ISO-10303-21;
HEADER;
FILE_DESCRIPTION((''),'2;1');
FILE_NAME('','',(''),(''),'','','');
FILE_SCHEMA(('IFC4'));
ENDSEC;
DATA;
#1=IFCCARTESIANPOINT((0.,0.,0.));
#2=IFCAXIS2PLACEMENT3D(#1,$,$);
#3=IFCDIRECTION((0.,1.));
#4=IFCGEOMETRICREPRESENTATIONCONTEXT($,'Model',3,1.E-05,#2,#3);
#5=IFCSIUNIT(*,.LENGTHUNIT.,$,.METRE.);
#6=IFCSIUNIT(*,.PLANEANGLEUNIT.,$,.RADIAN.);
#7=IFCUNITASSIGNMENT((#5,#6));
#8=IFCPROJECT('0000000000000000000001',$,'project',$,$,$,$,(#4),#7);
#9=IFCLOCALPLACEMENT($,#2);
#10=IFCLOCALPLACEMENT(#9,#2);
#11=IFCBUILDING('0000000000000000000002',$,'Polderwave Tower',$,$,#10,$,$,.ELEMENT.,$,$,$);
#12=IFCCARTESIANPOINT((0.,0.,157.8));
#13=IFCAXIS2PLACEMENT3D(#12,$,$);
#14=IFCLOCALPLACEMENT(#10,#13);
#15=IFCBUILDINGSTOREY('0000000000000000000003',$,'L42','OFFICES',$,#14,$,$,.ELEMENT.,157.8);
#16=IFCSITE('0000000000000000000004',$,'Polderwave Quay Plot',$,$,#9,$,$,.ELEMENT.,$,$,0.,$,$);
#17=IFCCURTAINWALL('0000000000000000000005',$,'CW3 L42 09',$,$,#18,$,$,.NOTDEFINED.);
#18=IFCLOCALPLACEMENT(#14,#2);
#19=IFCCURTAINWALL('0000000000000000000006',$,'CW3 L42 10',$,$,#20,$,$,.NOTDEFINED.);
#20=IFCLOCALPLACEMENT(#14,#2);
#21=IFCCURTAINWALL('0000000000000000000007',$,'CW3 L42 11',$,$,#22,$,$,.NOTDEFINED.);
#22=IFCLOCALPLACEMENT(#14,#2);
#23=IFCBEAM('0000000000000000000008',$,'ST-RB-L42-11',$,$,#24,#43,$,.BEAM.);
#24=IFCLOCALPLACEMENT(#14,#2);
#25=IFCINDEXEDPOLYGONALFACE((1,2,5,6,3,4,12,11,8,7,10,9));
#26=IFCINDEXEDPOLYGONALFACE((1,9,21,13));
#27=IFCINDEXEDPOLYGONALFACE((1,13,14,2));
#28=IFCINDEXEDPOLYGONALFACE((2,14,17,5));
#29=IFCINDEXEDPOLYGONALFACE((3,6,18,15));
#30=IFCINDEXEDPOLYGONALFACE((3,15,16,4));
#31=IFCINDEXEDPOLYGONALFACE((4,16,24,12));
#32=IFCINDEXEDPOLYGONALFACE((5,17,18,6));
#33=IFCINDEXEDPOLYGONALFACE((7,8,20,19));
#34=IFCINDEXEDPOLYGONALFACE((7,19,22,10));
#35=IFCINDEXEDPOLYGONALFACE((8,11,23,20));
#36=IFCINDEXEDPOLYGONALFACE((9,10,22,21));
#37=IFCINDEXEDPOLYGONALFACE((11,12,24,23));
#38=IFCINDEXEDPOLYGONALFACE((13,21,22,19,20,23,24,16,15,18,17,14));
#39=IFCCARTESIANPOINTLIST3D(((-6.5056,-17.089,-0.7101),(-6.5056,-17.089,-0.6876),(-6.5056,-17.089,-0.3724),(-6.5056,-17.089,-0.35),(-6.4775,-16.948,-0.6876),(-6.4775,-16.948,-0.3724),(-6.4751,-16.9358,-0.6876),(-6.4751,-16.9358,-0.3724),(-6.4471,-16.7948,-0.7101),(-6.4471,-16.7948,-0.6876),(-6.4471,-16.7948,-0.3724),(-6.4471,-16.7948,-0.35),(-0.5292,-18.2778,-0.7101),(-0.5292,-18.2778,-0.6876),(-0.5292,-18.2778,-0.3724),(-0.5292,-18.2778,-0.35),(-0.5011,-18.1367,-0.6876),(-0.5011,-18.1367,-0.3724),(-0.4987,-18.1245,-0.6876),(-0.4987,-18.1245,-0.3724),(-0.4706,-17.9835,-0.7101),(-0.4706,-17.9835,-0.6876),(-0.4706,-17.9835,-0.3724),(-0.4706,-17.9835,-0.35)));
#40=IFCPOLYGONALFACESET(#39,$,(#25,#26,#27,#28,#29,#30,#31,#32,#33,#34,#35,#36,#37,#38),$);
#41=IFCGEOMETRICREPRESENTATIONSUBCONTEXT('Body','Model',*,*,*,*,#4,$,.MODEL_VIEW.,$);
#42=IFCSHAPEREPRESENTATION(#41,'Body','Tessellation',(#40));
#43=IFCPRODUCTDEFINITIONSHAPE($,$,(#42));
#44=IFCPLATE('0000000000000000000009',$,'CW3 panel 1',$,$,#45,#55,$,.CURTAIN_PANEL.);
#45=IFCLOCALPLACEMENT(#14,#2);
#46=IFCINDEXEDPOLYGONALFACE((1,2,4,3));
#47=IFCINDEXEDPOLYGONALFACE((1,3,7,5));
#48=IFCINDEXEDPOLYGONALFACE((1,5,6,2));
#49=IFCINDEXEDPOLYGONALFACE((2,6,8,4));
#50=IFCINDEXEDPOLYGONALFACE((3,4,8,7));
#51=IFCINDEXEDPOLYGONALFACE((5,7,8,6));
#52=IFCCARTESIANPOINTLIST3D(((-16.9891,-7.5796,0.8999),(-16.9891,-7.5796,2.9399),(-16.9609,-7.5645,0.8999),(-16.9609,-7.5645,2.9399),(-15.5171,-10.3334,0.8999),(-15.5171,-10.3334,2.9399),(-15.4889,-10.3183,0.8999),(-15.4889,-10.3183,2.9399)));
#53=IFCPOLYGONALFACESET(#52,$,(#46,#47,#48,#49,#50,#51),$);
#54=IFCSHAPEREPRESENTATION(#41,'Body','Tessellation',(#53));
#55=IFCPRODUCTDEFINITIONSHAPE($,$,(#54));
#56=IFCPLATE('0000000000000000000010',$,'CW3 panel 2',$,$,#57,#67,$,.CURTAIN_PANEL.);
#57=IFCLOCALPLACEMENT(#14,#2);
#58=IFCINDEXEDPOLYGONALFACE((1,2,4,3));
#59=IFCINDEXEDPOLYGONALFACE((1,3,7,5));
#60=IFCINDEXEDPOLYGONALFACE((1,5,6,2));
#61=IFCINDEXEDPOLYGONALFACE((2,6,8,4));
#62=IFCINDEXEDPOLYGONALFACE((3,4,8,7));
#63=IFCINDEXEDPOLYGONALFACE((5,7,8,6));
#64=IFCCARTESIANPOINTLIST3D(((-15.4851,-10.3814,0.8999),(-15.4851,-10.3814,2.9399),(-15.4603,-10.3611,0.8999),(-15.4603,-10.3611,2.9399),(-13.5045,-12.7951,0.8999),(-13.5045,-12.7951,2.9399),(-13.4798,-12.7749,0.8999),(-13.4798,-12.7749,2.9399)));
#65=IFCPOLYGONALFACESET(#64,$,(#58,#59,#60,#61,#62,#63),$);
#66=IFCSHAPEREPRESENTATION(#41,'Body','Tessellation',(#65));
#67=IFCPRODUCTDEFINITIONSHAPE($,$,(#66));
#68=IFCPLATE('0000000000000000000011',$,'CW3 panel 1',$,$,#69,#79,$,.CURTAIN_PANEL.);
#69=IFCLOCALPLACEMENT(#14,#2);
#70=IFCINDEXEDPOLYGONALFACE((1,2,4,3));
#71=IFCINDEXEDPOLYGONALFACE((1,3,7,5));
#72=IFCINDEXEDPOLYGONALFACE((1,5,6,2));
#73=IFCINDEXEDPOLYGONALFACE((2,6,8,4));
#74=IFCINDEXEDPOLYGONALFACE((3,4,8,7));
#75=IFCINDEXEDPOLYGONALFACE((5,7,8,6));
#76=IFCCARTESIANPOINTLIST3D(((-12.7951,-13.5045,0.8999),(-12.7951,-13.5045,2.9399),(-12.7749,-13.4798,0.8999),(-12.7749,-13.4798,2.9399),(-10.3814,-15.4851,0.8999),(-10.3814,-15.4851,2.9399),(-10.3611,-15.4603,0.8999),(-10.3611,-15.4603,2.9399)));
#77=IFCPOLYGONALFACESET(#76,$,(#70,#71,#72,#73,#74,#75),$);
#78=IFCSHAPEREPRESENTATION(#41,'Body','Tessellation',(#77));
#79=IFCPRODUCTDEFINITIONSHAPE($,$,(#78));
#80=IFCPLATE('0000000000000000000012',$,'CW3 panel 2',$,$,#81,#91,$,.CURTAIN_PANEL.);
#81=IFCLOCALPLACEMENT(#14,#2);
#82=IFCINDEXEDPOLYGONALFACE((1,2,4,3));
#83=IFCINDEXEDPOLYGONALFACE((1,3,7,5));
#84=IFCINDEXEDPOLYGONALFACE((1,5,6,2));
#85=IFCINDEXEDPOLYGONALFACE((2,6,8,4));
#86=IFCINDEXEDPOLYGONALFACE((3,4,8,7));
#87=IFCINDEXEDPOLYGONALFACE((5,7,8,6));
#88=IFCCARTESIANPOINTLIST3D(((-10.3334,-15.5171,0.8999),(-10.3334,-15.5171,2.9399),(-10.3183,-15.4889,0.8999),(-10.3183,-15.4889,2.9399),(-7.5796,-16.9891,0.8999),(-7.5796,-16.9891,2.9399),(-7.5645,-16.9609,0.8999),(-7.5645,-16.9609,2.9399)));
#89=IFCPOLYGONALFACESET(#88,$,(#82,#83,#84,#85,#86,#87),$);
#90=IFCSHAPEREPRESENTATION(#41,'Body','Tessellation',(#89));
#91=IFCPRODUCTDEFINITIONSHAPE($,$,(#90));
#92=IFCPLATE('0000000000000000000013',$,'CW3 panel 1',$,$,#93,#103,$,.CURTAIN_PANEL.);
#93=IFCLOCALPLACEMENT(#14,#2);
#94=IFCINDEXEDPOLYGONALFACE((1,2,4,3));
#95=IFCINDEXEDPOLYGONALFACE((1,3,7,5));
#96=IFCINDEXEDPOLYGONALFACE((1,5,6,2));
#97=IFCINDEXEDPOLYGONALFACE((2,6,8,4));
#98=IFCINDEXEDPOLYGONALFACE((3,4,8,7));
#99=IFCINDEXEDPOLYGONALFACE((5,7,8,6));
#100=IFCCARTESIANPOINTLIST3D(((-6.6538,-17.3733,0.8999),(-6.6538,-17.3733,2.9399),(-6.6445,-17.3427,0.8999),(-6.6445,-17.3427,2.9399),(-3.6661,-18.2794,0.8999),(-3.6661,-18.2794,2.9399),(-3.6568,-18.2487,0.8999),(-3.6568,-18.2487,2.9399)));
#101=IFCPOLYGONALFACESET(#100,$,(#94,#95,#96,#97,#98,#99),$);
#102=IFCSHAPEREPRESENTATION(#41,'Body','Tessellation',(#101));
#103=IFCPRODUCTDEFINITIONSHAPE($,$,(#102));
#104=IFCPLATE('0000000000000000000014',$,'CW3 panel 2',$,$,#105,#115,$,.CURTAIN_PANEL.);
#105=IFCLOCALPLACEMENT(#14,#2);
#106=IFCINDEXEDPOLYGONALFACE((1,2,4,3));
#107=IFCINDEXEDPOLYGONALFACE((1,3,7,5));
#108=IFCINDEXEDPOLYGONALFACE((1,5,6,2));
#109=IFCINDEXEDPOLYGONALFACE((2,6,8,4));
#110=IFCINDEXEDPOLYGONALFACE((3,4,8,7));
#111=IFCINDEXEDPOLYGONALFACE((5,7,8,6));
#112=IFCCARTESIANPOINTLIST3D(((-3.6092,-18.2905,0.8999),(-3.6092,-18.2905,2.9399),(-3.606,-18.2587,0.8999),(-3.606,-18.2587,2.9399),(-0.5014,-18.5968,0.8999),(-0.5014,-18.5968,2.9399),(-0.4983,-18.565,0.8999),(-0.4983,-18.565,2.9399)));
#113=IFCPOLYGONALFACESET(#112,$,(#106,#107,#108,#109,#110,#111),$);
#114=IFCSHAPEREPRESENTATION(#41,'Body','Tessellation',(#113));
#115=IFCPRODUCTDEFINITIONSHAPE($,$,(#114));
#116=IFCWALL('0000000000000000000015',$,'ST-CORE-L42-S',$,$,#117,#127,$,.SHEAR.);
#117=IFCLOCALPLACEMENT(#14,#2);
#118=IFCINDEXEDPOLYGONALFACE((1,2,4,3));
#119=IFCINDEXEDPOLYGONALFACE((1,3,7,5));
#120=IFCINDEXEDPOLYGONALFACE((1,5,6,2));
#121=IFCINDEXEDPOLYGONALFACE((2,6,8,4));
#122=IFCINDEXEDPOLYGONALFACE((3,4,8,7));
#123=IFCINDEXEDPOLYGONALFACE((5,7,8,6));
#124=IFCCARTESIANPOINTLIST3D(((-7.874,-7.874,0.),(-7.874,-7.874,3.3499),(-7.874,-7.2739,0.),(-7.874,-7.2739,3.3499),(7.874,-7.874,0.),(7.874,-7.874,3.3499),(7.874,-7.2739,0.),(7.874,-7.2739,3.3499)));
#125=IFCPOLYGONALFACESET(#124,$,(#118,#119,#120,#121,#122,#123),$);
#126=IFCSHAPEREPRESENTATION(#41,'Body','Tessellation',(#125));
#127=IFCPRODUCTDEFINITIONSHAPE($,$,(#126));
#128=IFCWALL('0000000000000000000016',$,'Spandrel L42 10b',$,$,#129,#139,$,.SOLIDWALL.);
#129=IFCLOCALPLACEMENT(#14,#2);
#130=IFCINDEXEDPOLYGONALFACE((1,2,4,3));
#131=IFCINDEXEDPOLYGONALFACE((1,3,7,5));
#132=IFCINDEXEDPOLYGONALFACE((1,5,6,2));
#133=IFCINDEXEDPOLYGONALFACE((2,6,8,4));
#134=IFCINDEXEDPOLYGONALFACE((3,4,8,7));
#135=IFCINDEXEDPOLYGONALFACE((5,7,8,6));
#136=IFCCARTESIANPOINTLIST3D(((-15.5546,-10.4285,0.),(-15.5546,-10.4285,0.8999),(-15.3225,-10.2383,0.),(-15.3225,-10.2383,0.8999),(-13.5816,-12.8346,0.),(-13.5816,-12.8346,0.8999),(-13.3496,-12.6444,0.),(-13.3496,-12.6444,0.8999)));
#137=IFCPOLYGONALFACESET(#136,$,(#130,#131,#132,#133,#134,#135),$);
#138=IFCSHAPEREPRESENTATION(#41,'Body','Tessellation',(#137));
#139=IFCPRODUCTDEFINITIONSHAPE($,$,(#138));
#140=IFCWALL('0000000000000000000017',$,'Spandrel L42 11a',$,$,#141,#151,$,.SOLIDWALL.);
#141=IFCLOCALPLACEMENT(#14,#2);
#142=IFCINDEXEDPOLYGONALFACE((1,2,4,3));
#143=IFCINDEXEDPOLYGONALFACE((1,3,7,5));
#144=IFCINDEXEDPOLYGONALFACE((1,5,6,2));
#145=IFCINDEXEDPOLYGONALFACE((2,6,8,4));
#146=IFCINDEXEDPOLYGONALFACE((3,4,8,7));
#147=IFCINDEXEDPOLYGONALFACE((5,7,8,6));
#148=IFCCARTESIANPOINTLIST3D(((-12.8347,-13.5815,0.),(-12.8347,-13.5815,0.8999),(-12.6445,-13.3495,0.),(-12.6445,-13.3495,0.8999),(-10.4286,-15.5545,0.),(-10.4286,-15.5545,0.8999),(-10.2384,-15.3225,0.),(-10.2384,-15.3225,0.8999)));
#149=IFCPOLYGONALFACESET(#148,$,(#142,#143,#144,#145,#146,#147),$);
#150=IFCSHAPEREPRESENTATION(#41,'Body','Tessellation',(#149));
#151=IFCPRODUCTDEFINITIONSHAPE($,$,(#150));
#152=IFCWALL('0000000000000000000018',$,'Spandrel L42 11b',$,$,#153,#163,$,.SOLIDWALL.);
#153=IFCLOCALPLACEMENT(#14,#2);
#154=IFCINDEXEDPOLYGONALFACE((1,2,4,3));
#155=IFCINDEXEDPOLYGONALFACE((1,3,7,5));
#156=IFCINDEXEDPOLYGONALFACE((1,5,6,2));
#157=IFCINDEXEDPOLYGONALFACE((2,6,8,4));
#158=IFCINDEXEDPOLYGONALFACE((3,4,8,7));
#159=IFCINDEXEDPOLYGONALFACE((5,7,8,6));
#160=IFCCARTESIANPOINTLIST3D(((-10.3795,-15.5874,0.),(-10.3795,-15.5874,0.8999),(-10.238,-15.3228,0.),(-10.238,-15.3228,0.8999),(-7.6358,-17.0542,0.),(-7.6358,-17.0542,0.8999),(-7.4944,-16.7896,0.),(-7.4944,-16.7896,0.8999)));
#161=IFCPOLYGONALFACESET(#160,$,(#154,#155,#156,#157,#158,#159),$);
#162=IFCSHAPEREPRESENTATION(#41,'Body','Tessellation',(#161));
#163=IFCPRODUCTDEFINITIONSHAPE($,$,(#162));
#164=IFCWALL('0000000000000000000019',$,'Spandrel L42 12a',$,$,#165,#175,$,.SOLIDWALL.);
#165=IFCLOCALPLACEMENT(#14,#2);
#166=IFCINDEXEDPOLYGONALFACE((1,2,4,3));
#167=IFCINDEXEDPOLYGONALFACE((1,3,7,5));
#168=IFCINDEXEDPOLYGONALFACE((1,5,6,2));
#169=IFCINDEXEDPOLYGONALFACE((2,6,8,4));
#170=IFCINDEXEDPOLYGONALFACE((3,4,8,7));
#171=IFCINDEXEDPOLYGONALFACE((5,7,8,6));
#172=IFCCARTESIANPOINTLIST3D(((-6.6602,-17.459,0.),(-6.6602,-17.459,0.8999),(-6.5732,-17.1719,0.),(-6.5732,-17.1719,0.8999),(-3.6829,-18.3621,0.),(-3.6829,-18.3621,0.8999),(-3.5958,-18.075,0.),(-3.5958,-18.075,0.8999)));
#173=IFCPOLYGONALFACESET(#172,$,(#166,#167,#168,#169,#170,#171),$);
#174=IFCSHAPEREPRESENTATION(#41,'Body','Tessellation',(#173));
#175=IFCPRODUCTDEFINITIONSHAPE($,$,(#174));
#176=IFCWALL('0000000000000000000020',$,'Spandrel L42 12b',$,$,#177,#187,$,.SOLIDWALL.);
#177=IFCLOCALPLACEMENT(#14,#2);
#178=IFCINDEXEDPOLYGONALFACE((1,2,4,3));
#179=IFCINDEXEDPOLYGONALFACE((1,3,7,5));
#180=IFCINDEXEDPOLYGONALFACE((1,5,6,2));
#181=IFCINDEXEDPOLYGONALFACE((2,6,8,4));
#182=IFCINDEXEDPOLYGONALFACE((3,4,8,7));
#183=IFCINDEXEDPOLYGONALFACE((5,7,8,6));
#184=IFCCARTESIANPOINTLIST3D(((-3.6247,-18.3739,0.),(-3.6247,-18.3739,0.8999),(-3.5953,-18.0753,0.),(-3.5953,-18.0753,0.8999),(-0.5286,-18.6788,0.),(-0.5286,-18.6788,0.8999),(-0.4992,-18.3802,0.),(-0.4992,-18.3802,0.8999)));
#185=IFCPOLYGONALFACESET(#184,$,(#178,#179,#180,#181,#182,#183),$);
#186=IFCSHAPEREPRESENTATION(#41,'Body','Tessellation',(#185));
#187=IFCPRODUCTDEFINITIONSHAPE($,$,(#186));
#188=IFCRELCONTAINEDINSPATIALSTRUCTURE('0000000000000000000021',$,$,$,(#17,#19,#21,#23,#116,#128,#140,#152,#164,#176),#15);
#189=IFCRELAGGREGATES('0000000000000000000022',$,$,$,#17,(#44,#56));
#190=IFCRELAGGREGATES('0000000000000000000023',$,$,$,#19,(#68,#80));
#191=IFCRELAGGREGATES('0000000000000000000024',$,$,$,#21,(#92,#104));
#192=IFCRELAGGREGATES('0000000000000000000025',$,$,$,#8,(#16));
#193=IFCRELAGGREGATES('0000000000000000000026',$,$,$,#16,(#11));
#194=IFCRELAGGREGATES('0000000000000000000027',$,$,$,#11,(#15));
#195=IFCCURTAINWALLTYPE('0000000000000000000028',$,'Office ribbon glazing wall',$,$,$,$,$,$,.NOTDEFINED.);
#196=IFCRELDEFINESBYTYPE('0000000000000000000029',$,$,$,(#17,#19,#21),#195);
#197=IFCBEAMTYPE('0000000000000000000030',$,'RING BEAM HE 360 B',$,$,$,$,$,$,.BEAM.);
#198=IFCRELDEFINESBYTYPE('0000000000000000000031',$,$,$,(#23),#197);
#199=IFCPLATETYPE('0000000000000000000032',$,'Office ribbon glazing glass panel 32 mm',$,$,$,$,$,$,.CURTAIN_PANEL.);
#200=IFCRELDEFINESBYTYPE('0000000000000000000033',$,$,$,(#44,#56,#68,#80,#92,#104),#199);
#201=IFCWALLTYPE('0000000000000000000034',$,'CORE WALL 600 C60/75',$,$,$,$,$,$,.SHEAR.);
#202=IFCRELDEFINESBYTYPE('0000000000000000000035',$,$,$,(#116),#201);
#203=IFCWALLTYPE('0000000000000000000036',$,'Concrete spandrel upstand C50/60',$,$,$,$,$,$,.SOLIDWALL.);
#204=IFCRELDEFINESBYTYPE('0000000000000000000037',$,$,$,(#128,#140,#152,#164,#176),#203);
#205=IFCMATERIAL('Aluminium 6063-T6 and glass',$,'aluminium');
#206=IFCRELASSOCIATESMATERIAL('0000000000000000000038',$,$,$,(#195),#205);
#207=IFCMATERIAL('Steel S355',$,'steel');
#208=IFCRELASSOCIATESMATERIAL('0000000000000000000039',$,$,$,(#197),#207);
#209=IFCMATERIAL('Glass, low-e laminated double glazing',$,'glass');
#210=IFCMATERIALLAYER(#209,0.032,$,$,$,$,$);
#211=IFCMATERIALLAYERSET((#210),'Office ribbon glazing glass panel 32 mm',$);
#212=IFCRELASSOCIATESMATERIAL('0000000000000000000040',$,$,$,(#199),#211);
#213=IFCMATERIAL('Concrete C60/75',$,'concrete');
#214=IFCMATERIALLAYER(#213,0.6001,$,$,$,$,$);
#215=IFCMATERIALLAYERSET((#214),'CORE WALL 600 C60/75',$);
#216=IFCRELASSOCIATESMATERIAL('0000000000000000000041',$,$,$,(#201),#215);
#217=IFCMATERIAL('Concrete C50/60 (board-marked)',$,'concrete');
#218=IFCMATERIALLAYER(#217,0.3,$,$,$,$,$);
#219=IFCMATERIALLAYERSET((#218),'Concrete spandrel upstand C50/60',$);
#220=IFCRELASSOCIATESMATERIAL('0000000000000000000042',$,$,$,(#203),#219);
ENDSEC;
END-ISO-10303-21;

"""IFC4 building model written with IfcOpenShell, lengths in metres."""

from ifc_helpers import new_model, si_unit, direction, frame, frame_2d, origin, origin_2d, place, context, subcontext, project, spatial, rectangle, i_section, extrude, material, layer, layer_set, material_profile, profile_set, type_object, element, aggregate, save


model = new_model("IFC4")

# Units and contexts
model_context = context("Model", 3, precision=1e-05, world=origin(), true_north=direction((0.0, 1.0)))
body_context = subcontext(model_context, "Body", "Model", "MODEL_VIEW")
ifc_project = project(units=[si_unit("LENGTHUNIT", "METRE"), si_unit("PLANEANGLEUNIT", "RADIAN")], contexts=[model_context])

# Site, building, storey
site_placement = place(None, origin())
site = spatial("IfcSite", under=ifc_project, at=site_placement, Name="Polderwave Quay Plot", CompositionType="ELEMENT", RefElevation=0.0)
building_placement = place(site_placement, origin())
building = spatial("IfcBuilding", under=site, at=building_placement, Name="Polderwave Tower", CompositionType="ELEMENT")
storey_placement = place(building_placement, frame((0.0, 0.0, 157.8)))
storey = spatial("IfcBuildingStorey", under=building, at=storey_placement, Name="L42", Description="OFFICES", CompositionType="ELEMENT", Elevation=157.8)

# Shared definitions
ifc_material_1 = material(Name="Concrete C60/75", Category="concrete")

# Curtain walls
ifc_material_2 = material(Name="Aluminium 6063-T6 and glass", Category="aluminium")
curtain_wall_type = type_object("IfcCurtainWallType", Name="Office ribbon glazing wall", PredefinedType="NOTDEFINED", material=ifc_material_2)
curtain_wall_1_placement = place(storey_placement, origin())
curtain_wall_1 = element("IfcCurtainWall", 1, at=curtain_wall_1_placement, inside=storey, type_object=curtain_wall_type, Name="CW3 L42 09", PredefinedType="NOTDEFINED")
curtain_wall_2_placement = place(storey_placement, origin())
curtain_wall_2 = element("IfcCurtainWall", 2, at=curtain_wall_2_placement, inside=storey, type_object=curtain_wall_type, Name="CW3 L42 10", PredefinedType="NOTDEFINED")
curtain_wall_3_placement = place(storey_placement, origin())
curtain_wall_3 = element("IfcCurtainWall", 3, at=curtain_wall_3_placement, inside=storey, type_object=curtain_wall_type, Name="CW3 L42 11", PredefinedType="NOTDEFINED")

# Beam
ifc_material_3 = material(Name="Steel S355", Category="steel")
ifc_material_profile_1 = material_profile(ifc_material_3, i_section(OverallWidth=0.3, OverallDepth=0.3601, WebThickness=0.0125, FlangeThickness=0.0225, at=origin_2d()), Name="HE 360 B")
ifc_profile_set_1 = profile_set([ifc_material_profile_1], Name="Steel S355")
beam_type = type_object("IfcBeamType", Name="RING BEAM HE 360 B", PredefinedType="BEAM", material=ifc_profile_set_1)
for number, where, z_axis, x_axis, name in (
    (4, (-6.4763, -16.9419, -0.53), (0.980787, -0.195084, 0.0), (0.195084, 0.980787, 0.0), "ST-RB-L42-11"),
):
    element("IfcBeam", number, at=place(storey_placement, frame(where, z_axis=z_axis, x_axis=x_axis)), inside=storey, type_object=beam_type, Name=name, PredefinedType="BEAM", context=body_context, shape_type="SweptSolid", body=[
        extrude(i_section(OverallWidth=0.3, OverallDepth=0.3601, WebThickness=0.0125, FlangeThickness=0.0225, at=origin_2d()), origin(), (0.0, 0.0, 1.0), 6.0935),
    ])

# Plates
ifc_material_4 = material(Name="Glass, low-e laminated double glazing", Category="glass")
ifc_layer_1 = layer(ifc_material_4, 0.032)
ifc_layer_set_1 = layer_set([ifc_layer_1], Name="Office ribbon glazing glass panel 32 mm")
plate_type = type_object("IfcPlateType", Name="Office ribbon glazing glass panel 32 mm", PredefinedType="CURTAIN_PANEL", material=ifc_layer_set_1)
plate_1_placement = place(storey_placement, frame((-16.239, -8.949, 0.8999), z_axis=(0.0, 0.0, 1.0), x_axis=(0.471429, -0.881904, 0.0)))
plate_1 = element("IfcPlate", 5, at=plate_1_placement, type_object=plate_type, Name="CW3 panel 1", PredefinedType="CURTAIN_PANEL", context=body_context, shape_type="SweptSolid", body=[
    extrude(rectangle(XDim=3.1226, YDim=0.032, at=origin_2d()), origin(), (0.0, 0.0, 1.0), 2.04),
])
plate_2_placement = place(storey_placement, frame((-14.4824, -11.5781, 0.8999), z_axis=(0.0, 0.0, 1.0), x_axis=(0.634326, -0.773066, 0.0)))
plate_2 = element("IfcPlate", 6, at=plate_2_placement, type_object=plate_type, Name="CW3 panel 2", PredefinedType="CURTAIN_PANEL", context=body_context, shape_type="SweptSolid", body=[
    extrude(rectangle(XDim=3.1223, YDim=0.032, at=origin_2d()), origin(), (0.0, 0.0, 1.0), 2.04),
])
aggregate(curtain_wall_1, [plate_1, plate_2])
plate_3_placement = place(storey_placement, frame((-11.5781, -14.4824, 0.8999), z_axis=(0.0, 0.0, 1.0), x_axis=(0.773066, -0.634326, 0.0)))
plate_3 = element("IfcPlate", 7, at=plate_3_placement, type_object=plate_type, Name="CW3 panel 1", PredefinedType="CURTAIN_PANEL", context=body_context, shape_type="SweptSolid", body=[
    extrude(rectangle(XDim=3.1223, YDim=0.032, at=origin_2d()), origin(), (0.0, 0.0, 1.0), 2.04),
])
plate_4_placement = place(storey_placement, frame((-8.949, -16.239, 0.8999), z_axis=(0.0, 0.0, 1.0), x_axis=(0.881904, -0.471429, 0.0)))
plate_4 = element("IfcPlate", 8, at=plate_4_placement, type_object=plate_type, Name="CW3 panel 2", PredefinedType="CURTAIN_PANEL", context=body_context, shape_type="SweptSolid", body=[
    extrude(rectangle(XDim=3.1226, YDim=0.032, at=origin_2d()), origin(), (0.0, 0.0, 1.0), 2.04),
])
aggregate(curtain_wall_2, [plate_3, plate_4])
plate_5_placement = place(storey_placement, frame((-5.1553, -17.811, 0.8999), z_axis=(0.0, 0.0, 1.0), x_axis=(0.956966, -0.290201, 0.0)))
plate_5 = element("IfcPlate", 9, at=plate_5_placement, type_object=plate_type, Name="CW3 panel 1", PredefinedType="CURTAIN_PANEL", context=body_context, shape_type="SweptSolid", body=[
    extrude(rectangle(XDim=3.1221, YDim=0.032, at=origin_2d()), origin(), (0.0, 0.0, 1.0), 2.04),
])
plate_6_placement = place(storey_placement, frame((-2.0537, -18.4277, 0.8999), z_axis=(0.0, 0.0, 1.0), x_axis=(0.995178, -0.09809, 0.0)))
plate_6 = element("IfcPlate", 10, at=plate_6_placement, type_object=plate_type, Name="CW3 panel 2", PredefinedType="CURTAIN_PANEL", context=body_context, shape_type="SweptSolid", body=[
    extrude(rectangle(XDim=3.1228, YDim=0.032, at=origin_2d()), origin(), (0.0, 0.0, 1.0), 2.04),
])
aggregate(curtain_wall_3, [plate_5, plate_6])

# Walls
ifc_layer_2 = layer(ifc_material_1, 0.6001)
ifc_layer_set_2 = layer_set([ifc_layer_2], Name="CORE WALL 600 C60/75")
wall_type_1 = type_object("IfcWallType", Name="CORE WALL 600 C60/75", PredefinedType="SHEAR", material=ifc_layer_set_2)
wall_1_placement = place(storey_placement, frame((-7.874, -7.574, 0.0), z_axis=(0.0, 0.0, 1.0), x_axis=(1.0, 0.0, 0.0)))
element("IfcWall", 11, at=wall_1_placement, inside=storey, type_object=wall_type_1, Name="ST-CORE-L42-S", PredefinedType="SHEAR", context=body_context, shape_type="SweptSolid", body=[
    extrude(rectangle(XDim=15.748, YDim=0.6001, at=frame_2d((7.874, 0.0))), origin(), (0.0, 0.0, 1.0), 3.3499),
])
ifc_material_5 = material(Name="Concrete C50/60 (board-marked)", Category="concrete")
ifc_layer_3 = layer(ifc_material_5, 0.3)
ifc_layer_set_3 = layer_set([ifc_layer_3], Name="Concrete spandrel upstand C50/60")
wall_type_2 = type_object("IfcWallType", Name="Concrete spandrel upstand C50/60", PredefinedType="SOLIDWALL", material=ifc_layer_set_3)
for number, where, z_axis, x_axis, name in (
    (12, (-15.4385, -10.3335, 0.0), (0.0, 0.0, 1.0), (0.634075, -0.773272, 0.0), "Spandrel L42 10b"),
    (13, (-12.7395, -13.4656, 0.0), (0.0, 0.0, 1.0), (0.773272, -0.634075, 0.0), "Spandrel L42 11a"),
):
    element("IfcWall", number, at=place(storey_placement, frame(where, z_axis=z_axis, x_axis=x_axis)), inside=storey, type_object=wall_type_2, Name=name, PredefinedType="SOLIDWALL", context=body_context, shape_type="SweptSolid", body=[
        extrude(rectangle(XDim=3.1116, YDim=0.3, at=frame_2d((1.5557, 0.0))), origin(), (0.0, 0.0, 1.0), 0.8999),
    ])
wall_2_placement = place(storey_placement, frame((-10.3088, -15.4551, 0.0), z_axis=(0.0, 0.0, 1.0), x_axis=(0.881883, -0.471468, 0.0)))
element("IfcWall", 14, at=wall_2_placement, inside=storey, type_object=wall_type_2, Name="Spandrel L42 11b", PredefinedType="SOLIDWALL", context=body_context, shape_type="SweptSolid", body=[
    extrude(rectangle(XDim=3.1111, YDim=0.3, at=frame_2d((1.5557, 0.0))), origin(), (0.0, 0.0, 1.0), 0.8999),
])
wall_3_placement = place(storey_placement, frame((-6.6167, -17.3154, 0.0), z_axis=(0.0, 0.0, 1.0), x_axis=(0.956947, -0.290262, 0.0)))
element("IfcWall", 15, at=wall_3_placement, inside=storey, type_object=wall_type_2, Name="Spandrel L42 12a", PredefinedType="SOLIDWALL", context=body_context, shape_type="SweptSolid", body=[
    extrude(rectangle(XDim=3.1113, YDim=0.3, at=frame_2d((1.5557, 0.0))), origin(), (0.0, 0.0, 1.0), 0.8999),
])
wall_4_placement = place(storey_placement, frame((-3.6101, -18.2246, 0.0), z_axis=(0.0, 0.0, 1.0), x_axis=(0.995185, -0.098012, 0.0)))
element("IfcWall", 16, at=wall_4_placement, inside=storey, type_object=wall_type_2, Name="Spandrel L42 12b", PredefinedType="SOLIDWALL", context=body_context, shape_type="SweptSolid", body=[
    extrude(rectangle(XDim=3.1111, YDim=0.3, at=frame_2d((1.5557, 0.0))), origin(), (0.0, 0.0, 1.0), 0.8999),
])

save(model, "model.ifc")
